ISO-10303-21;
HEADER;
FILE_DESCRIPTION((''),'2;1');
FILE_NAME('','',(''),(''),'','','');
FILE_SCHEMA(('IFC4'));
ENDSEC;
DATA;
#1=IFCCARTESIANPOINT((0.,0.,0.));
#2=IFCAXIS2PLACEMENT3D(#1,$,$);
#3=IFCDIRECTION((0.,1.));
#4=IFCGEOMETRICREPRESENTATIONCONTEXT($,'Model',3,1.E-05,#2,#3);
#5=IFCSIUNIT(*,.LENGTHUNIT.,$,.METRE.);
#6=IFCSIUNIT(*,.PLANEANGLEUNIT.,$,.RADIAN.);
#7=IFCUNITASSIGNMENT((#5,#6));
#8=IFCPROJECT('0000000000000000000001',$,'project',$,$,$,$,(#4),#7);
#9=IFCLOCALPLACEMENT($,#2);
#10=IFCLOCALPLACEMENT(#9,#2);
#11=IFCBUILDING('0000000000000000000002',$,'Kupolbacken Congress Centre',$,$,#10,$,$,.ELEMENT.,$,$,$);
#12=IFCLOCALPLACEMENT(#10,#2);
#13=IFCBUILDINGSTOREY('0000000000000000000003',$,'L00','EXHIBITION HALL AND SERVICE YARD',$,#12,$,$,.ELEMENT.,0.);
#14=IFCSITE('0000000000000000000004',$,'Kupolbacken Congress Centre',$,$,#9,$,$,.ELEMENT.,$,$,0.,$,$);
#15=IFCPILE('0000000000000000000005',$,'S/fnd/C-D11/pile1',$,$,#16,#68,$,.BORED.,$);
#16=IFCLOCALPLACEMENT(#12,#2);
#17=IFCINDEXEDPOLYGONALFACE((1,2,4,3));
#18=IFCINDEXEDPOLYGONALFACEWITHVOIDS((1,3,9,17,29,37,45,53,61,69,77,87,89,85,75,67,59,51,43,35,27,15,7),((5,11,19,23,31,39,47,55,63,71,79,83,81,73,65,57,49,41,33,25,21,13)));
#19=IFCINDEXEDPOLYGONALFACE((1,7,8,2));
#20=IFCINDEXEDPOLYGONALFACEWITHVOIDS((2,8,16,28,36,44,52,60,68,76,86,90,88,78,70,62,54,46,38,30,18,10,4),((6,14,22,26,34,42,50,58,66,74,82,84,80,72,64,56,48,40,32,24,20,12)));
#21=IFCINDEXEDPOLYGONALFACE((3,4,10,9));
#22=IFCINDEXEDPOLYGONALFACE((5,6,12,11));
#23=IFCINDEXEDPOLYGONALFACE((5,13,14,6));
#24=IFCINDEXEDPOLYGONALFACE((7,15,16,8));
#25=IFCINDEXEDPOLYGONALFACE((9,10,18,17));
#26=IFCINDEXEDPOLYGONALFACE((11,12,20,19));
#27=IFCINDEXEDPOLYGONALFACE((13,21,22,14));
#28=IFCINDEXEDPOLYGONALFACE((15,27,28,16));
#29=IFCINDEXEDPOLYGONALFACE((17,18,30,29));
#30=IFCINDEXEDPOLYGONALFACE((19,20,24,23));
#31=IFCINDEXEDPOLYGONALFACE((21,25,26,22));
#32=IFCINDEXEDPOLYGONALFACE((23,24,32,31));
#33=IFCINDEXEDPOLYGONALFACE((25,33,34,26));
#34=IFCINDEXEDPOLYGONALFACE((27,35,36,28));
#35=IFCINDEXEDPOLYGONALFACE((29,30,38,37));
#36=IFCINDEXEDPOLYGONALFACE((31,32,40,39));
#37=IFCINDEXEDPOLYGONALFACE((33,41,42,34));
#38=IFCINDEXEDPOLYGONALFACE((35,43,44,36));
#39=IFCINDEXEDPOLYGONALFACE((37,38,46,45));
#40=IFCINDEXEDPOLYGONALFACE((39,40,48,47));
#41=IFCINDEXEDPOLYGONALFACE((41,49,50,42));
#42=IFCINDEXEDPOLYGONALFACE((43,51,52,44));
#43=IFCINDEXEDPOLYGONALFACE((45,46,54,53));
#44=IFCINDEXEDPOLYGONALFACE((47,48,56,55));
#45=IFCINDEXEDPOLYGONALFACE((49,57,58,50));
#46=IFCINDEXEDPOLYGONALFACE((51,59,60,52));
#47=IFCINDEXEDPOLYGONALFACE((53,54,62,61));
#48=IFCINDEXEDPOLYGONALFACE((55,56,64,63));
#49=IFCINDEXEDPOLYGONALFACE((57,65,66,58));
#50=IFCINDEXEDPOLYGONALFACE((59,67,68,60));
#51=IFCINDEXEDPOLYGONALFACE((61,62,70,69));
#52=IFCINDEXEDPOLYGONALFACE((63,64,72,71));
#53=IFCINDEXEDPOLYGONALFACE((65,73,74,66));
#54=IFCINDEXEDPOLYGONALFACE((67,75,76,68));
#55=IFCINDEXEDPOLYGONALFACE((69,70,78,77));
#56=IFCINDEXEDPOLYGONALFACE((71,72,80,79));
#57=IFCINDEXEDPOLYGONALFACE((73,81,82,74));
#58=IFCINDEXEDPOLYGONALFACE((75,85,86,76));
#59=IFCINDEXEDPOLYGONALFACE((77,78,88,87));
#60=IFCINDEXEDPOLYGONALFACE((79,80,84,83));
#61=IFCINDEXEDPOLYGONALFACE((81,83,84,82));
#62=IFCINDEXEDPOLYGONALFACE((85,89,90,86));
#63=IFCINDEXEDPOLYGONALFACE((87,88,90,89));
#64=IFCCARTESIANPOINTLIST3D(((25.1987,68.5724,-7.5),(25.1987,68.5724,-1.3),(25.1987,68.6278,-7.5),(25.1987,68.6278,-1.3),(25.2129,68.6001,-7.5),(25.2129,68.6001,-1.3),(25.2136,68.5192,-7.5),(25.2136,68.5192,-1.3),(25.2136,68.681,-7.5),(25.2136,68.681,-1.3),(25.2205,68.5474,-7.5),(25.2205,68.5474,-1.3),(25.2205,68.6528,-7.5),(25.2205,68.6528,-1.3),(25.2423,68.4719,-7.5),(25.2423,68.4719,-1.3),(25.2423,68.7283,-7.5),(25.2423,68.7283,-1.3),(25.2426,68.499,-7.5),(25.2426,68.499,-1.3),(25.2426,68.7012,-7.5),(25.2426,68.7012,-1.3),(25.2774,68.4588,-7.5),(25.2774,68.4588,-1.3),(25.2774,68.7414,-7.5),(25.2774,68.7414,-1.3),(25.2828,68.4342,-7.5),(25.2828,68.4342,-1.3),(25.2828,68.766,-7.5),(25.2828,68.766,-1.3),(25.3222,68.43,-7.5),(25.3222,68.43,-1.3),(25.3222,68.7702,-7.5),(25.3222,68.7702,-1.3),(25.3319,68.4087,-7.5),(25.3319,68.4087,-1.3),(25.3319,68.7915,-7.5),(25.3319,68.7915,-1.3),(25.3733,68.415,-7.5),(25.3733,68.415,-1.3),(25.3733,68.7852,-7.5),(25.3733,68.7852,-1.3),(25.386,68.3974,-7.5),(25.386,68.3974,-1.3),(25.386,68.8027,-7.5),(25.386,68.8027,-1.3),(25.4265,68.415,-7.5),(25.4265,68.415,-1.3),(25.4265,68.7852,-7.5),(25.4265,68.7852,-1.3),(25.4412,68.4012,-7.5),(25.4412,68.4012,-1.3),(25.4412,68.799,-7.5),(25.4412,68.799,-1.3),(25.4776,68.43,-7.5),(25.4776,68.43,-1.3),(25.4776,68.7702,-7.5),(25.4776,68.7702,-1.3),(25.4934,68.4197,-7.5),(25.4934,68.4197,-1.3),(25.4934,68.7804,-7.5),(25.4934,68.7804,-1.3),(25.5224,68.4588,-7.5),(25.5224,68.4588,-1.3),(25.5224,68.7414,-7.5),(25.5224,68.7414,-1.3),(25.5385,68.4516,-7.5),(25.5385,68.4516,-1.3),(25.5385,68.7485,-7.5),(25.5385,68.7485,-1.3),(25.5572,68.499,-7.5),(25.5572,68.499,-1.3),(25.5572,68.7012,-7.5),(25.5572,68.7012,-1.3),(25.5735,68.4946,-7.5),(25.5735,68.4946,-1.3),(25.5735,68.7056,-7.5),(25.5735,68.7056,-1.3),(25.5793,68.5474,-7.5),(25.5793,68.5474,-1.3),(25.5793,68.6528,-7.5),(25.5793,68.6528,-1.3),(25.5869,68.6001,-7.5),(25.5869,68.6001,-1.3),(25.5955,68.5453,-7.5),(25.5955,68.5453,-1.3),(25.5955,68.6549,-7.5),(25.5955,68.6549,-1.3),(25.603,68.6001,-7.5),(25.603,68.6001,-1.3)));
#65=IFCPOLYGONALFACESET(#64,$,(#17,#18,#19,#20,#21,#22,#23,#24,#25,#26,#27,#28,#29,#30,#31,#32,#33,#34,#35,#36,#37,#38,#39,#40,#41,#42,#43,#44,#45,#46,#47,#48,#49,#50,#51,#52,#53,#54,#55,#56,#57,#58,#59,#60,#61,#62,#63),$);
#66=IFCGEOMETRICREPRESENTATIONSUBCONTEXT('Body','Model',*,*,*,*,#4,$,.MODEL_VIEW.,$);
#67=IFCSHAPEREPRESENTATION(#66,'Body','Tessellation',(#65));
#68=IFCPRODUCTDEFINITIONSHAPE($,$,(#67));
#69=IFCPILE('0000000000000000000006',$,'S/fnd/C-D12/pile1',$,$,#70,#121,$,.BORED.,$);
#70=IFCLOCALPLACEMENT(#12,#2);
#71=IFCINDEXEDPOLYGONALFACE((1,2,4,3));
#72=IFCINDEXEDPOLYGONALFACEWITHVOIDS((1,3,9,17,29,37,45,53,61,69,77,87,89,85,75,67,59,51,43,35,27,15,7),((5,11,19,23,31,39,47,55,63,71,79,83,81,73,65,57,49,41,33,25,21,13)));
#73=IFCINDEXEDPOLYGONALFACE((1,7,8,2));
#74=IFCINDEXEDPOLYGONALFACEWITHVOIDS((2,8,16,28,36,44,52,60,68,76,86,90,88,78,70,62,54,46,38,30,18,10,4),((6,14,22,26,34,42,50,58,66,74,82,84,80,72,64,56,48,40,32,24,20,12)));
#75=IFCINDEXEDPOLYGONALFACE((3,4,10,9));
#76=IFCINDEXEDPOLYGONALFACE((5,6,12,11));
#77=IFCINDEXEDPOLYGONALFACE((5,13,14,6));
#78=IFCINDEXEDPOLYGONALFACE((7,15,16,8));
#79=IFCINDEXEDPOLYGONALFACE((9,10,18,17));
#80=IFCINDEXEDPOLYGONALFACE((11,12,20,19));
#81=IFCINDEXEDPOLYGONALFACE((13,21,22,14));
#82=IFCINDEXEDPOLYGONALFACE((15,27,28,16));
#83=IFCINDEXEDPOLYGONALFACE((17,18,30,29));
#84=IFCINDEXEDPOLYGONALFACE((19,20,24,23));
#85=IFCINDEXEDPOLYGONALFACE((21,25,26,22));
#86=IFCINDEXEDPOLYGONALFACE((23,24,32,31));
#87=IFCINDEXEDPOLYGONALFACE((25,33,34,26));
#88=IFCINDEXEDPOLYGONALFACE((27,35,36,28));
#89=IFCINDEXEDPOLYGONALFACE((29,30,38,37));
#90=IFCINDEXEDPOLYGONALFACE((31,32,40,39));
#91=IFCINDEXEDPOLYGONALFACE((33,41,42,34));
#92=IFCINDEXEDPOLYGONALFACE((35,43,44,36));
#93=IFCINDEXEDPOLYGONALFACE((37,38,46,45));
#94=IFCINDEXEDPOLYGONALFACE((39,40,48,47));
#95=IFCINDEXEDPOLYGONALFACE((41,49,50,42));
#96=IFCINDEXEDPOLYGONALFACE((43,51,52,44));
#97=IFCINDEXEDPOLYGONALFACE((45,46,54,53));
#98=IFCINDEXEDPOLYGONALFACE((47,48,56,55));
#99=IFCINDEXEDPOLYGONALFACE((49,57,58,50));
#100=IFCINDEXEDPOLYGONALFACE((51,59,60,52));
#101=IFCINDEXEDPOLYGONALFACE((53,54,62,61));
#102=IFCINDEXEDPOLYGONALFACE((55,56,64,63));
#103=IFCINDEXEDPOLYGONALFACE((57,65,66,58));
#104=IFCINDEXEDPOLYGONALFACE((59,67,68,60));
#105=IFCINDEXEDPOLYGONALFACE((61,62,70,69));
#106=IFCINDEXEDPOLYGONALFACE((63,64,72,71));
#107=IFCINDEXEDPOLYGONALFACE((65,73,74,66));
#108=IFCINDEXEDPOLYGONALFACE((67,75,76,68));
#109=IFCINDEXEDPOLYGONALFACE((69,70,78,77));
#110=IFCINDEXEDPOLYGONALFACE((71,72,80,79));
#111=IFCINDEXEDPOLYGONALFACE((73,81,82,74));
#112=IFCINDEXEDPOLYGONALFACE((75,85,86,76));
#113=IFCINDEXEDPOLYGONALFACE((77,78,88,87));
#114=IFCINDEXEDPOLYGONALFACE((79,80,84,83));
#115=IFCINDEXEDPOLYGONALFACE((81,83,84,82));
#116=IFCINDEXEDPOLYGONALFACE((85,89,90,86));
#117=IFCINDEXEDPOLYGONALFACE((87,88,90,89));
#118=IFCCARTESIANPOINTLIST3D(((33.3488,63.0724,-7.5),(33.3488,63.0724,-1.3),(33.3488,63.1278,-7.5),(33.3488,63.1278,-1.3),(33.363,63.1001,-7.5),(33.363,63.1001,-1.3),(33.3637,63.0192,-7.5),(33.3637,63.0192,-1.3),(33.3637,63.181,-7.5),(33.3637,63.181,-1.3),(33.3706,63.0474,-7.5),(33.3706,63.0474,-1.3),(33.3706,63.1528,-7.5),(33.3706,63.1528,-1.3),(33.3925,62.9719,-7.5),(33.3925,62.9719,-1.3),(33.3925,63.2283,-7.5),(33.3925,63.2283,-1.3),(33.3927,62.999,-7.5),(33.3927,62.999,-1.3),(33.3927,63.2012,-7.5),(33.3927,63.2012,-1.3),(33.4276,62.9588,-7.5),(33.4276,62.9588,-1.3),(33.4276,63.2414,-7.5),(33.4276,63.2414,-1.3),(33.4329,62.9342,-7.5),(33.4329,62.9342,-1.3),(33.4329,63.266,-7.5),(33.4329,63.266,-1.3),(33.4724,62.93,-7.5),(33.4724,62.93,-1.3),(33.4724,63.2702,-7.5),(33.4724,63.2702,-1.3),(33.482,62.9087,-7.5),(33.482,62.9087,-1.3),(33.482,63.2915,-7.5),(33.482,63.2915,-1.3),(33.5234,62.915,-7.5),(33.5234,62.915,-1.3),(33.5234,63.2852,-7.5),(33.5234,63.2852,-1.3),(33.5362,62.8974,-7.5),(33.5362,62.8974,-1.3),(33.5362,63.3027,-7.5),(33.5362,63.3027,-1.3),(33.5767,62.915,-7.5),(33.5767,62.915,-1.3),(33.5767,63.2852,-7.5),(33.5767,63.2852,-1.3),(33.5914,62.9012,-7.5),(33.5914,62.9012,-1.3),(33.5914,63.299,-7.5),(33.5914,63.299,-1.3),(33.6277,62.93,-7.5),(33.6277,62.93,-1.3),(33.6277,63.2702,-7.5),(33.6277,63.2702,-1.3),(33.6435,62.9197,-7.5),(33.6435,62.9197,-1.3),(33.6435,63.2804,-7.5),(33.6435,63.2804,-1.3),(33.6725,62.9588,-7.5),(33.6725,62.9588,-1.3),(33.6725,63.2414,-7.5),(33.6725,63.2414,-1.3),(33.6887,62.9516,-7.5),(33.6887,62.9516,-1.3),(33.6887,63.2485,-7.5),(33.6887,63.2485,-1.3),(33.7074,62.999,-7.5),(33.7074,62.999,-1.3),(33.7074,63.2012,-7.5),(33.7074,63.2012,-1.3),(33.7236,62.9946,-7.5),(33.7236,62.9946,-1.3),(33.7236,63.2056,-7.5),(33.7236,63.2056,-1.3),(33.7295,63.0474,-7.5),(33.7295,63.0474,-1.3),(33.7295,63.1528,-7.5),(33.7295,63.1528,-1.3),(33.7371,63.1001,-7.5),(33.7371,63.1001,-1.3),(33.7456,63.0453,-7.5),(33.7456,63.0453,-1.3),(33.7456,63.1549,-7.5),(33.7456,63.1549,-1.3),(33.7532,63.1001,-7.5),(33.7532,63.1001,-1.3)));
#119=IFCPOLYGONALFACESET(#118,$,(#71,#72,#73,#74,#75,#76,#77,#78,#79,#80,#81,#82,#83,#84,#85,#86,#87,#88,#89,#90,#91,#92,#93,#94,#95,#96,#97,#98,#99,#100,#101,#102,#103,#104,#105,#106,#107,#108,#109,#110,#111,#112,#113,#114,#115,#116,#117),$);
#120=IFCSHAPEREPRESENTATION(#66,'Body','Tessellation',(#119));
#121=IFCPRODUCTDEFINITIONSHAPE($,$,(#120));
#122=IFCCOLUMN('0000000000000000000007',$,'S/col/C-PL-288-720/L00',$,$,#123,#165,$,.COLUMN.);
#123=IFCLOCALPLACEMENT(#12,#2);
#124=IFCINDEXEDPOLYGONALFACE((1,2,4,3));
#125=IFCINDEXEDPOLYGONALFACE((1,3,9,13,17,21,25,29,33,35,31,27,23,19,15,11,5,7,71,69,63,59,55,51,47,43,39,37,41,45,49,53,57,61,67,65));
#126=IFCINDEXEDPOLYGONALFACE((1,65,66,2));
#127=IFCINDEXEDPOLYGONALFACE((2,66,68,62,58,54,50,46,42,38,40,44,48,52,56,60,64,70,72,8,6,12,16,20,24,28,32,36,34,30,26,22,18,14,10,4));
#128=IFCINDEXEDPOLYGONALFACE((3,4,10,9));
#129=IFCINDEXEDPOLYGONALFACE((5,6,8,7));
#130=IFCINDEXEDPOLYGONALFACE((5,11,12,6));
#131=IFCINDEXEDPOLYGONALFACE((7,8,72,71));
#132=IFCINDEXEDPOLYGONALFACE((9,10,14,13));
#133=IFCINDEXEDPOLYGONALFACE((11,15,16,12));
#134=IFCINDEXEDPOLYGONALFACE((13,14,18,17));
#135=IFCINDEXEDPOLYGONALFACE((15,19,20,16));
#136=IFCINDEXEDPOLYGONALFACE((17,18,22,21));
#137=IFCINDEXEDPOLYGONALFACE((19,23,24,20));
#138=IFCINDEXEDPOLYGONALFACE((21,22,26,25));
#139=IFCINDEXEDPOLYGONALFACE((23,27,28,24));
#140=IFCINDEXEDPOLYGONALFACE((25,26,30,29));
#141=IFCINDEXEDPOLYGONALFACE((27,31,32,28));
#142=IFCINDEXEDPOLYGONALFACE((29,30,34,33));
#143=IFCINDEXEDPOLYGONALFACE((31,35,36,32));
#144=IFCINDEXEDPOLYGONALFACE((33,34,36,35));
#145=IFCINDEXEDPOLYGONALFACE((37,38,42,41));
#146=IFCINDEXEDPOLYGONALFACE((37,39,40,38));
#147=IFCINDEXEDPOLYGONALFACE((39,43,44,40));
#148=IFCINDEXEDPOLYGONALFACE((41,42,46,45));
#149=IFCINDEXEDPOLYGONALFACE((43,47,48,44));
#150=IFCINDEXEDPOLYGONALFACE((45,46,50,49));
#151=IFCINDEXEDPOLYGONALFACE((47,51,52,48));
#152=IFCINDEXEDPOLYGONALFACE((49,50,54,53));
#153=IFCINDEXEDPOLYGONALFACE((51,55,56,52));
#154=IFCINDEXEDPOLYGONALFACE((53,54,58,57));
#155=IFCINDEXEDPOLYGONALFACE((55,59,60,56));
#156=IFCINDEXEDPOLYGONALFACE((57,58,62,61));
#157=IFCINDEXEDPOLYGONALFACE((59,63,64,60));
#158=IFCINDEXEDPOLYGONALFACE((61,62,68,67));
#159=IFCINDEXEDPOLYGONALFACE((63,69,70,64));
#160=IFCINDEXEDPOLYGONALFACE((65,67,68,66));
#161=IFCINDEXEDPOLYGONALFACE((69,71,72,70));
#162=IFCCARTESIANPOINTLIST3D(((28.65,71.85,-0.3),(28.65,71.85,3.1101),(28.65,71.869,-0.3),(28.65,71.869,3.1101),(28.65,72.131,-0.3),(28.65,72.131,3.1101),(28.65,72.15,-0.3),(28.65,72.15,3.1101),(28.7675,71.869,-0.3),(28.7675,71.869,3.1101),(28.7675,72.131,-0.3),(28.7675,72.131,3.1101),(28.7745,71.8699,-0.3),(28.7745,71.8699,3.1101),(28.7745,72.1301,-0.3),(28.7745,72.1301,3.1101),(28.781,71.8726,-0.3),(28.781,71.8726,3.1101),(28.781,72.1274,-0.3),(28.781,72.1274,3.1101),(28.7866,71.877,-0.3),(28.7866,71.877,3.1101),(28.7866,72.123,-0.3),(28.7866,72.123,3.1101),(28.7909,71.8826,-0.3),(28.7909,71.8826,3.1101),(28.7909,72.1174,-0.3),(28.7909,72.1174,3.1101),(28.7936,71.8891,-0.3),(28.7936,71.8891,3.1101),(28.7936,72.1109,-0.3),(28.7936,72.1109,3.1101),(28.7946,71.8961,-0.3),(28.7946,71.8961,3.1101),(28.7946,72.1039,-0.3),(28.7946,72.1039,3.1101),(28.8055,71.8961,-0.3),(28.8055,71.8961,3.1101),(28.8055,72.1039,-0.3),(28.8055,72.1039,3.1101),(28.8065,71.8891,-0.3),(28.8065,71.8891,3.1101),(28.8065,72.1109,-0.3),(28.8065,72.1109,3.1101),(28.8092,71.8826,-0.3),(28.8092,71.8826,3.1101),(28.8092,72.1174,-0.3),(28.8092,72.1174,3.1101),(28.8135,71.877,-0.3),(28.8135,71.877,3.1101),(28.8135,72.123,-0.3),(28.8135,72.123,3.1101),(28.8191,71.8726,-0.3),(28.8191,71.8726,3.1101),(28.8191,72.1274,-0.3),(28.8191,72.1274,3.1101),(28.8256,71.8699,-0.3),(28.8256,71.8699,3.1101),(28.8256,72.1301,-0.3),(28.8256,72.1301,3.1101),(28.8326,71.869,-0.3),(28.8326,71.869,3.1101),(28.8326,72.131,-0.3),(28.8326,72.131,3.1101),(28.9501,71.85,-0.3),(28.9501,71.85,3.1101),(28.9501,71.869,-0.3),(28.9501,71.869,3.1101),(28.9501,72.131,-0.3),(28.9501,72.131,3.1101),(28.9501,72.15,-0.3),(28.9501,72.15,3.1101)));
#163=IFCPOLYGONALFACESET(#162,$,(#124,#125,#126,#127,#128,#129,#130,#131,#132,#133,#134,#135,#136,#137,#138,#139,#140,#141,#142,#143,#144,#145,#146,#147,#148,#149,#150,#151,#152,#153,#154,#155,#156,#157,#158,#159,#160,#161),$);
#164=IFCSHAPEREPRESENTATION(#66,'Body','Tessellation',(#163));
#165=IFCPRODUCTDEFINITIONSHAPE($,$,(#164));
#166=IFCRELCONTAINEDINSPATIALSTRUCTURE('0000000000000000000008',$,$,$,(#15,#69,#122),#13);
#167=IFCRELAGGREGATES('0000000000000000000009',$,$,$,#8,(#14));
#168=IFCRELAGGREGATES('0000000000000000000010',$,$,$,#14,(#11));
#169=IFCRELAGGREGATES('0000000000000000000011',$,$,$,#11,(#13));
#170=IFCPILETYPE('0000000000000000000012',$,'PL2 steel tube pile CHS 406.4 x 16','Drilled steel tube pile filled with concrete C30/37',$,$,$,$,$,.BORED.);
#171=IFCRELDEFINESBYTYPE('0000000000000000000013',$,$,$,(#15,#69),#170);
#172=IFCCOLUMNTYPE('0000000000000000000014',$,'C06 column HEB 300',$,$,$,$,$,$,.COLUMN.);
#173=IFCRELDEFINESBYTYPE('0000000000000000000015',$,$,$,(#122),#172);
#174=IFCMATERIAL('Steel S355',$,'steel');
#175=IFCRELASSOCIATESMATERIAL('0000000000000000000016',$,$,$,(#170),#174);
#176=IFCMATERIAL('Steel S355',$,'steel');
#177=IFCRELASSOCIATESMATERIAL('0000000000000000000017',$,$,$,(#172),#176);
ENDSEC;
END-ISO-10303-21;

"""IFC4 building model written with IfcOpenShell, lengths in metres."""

from ifc_helpers import new_model, si_unit, direction, frame, origin, origin_2d, place, context, subcontext, project, spatial, hollow_circle, i_section, extrude, material, material_profile, profile_set, type_object, element, save


model = new_model("IFC4")

# Units and contexts
model_context = context("Model", 3, precision=1e-05, world=origin(), true_north=direction((0.0, 1.0)))
body_context = subcontext(model_context, "Body", "Model", "MODEL_VIEW")
ifc_project = project(units=[si_unit("LENGTHUNIT", "METRE"), si_unit("PLANEANGLEUNIT", "RADIAN")], contexts=[model_context])

# Site, building, storey
site_placement = place(None, origin())
site = spatial("IfcSite", under=ifc_project, at=site_placement, Name="Kupolbacken Congress Centre", CompositionType="ELEMENT", RefElevation=0.0)
building_placement = place(site_placement, origin())
building = spatial("IfcBuilding", under=site, at=building_placement, Name="Kupolbacken Congress Centre", CompositionType="ELEMENT")
storey_placement = place(building_placement, origin())
storey = spatial("IfcBuildingStorey", under=building, at=storey_placement, Name="L00", Description="EXHIBITION HALL AND SERVICE YARD", CompositionType="ELEMENT", Elevation=0.0)

# Piles
ifc_material_1 = material(Name="Steel S355", Category="steel")
ifc_material_profile_1 = material_profile(ifc_material_1, hollow_circle(Radius=0.2031, WallThickness=0.0161, at=origin_2d()), Name="CHS 406.4 x 16")
ifc_profile_set_1 = profile_set([ifc_material_profile_1], Name="Steel S355")
pile_type_1 = type_object("IfcPileType", Name="PL2 steel tube pile CHS 406.4 x 16", Description="Drilled steel tube pile filled with concrete C30/37", PredefinedType="BORED", material=ifc_profile_set_1)
for number, where, z_axis, x_axis, name in (
    (1, (25.3999, 68.6001, -1.3), (0.0, 0.0, -1.0), (1.0, 0.0, 0.0), "S/fnd/C-D11/pile1"),
    (2, (33.55, 63.1001, -1.3), (0.0, 0.0, -1.0), (1.0, 0.0, 0.0), "S/fnd/C-D12/pile1"),
):
    element("IfcPile", number, at=place(storey_placement, frame(where, z_axis=z_axis, x_axis=x_axis)), inside=storey, type_object=pile_type_1, Name=name, PredefinedType="BORED", context=body_context, shape_type="SweptSolid", body=[
        extrude(hollow_circle(Radius=0.2031, WallThickness=0.0161, at=origin_2d()), origin(), (0.0, 0.0, 1.0), 6.2),
    ])

# Column
ifc_material_2 = material(Name="Steel S355", Category="steel")
ifc_material_profile_2 = material_profile(ifc_material_2, i_section(OverallWidth=0.3, OverallDepth=0.3, WebThickness=0.011, FlangeThickness=0.019, FilletRadius=0.0271, at=origin_2d()), Name="HEB 300")
ifc_profile_set_2 = profile_set([ifc_material_profile_2], Name="Steel S355")
column_type_1 = type_object("IfcColumnType", Name="C06 column HEB 300", PredefinedType="COLUMN", material=ifc_profile_set_2)
for number, where, z_axis, x_axis, name in (
    (3, (28.8, 72.0, -0.3), (0.0, 0.0, 1.0), (1.0, 0.0, 0.0), "S/col/C-PL-288-720/L00"),
):
    element("IfcColumn", number, at=place(storey_placement, frame(where, z_axis=z_axis, x_axis=x_axis)), inside=storey, type_object=column_type_1, Name=name, PredefinedType="COLUMN", context=body_context, shape_type="SweptSolid", body=[
        extrude(i_section(OverallWidth=0.3, OverallDepth=0.3, WebThickness=0.011, FlangeThickness=0.019, FilletRadius=0.0271, at=origin_2d()), origin(), (0.0, 0.0, 1.0), 3.4102),
    ])

save(model, "model.ifc")
